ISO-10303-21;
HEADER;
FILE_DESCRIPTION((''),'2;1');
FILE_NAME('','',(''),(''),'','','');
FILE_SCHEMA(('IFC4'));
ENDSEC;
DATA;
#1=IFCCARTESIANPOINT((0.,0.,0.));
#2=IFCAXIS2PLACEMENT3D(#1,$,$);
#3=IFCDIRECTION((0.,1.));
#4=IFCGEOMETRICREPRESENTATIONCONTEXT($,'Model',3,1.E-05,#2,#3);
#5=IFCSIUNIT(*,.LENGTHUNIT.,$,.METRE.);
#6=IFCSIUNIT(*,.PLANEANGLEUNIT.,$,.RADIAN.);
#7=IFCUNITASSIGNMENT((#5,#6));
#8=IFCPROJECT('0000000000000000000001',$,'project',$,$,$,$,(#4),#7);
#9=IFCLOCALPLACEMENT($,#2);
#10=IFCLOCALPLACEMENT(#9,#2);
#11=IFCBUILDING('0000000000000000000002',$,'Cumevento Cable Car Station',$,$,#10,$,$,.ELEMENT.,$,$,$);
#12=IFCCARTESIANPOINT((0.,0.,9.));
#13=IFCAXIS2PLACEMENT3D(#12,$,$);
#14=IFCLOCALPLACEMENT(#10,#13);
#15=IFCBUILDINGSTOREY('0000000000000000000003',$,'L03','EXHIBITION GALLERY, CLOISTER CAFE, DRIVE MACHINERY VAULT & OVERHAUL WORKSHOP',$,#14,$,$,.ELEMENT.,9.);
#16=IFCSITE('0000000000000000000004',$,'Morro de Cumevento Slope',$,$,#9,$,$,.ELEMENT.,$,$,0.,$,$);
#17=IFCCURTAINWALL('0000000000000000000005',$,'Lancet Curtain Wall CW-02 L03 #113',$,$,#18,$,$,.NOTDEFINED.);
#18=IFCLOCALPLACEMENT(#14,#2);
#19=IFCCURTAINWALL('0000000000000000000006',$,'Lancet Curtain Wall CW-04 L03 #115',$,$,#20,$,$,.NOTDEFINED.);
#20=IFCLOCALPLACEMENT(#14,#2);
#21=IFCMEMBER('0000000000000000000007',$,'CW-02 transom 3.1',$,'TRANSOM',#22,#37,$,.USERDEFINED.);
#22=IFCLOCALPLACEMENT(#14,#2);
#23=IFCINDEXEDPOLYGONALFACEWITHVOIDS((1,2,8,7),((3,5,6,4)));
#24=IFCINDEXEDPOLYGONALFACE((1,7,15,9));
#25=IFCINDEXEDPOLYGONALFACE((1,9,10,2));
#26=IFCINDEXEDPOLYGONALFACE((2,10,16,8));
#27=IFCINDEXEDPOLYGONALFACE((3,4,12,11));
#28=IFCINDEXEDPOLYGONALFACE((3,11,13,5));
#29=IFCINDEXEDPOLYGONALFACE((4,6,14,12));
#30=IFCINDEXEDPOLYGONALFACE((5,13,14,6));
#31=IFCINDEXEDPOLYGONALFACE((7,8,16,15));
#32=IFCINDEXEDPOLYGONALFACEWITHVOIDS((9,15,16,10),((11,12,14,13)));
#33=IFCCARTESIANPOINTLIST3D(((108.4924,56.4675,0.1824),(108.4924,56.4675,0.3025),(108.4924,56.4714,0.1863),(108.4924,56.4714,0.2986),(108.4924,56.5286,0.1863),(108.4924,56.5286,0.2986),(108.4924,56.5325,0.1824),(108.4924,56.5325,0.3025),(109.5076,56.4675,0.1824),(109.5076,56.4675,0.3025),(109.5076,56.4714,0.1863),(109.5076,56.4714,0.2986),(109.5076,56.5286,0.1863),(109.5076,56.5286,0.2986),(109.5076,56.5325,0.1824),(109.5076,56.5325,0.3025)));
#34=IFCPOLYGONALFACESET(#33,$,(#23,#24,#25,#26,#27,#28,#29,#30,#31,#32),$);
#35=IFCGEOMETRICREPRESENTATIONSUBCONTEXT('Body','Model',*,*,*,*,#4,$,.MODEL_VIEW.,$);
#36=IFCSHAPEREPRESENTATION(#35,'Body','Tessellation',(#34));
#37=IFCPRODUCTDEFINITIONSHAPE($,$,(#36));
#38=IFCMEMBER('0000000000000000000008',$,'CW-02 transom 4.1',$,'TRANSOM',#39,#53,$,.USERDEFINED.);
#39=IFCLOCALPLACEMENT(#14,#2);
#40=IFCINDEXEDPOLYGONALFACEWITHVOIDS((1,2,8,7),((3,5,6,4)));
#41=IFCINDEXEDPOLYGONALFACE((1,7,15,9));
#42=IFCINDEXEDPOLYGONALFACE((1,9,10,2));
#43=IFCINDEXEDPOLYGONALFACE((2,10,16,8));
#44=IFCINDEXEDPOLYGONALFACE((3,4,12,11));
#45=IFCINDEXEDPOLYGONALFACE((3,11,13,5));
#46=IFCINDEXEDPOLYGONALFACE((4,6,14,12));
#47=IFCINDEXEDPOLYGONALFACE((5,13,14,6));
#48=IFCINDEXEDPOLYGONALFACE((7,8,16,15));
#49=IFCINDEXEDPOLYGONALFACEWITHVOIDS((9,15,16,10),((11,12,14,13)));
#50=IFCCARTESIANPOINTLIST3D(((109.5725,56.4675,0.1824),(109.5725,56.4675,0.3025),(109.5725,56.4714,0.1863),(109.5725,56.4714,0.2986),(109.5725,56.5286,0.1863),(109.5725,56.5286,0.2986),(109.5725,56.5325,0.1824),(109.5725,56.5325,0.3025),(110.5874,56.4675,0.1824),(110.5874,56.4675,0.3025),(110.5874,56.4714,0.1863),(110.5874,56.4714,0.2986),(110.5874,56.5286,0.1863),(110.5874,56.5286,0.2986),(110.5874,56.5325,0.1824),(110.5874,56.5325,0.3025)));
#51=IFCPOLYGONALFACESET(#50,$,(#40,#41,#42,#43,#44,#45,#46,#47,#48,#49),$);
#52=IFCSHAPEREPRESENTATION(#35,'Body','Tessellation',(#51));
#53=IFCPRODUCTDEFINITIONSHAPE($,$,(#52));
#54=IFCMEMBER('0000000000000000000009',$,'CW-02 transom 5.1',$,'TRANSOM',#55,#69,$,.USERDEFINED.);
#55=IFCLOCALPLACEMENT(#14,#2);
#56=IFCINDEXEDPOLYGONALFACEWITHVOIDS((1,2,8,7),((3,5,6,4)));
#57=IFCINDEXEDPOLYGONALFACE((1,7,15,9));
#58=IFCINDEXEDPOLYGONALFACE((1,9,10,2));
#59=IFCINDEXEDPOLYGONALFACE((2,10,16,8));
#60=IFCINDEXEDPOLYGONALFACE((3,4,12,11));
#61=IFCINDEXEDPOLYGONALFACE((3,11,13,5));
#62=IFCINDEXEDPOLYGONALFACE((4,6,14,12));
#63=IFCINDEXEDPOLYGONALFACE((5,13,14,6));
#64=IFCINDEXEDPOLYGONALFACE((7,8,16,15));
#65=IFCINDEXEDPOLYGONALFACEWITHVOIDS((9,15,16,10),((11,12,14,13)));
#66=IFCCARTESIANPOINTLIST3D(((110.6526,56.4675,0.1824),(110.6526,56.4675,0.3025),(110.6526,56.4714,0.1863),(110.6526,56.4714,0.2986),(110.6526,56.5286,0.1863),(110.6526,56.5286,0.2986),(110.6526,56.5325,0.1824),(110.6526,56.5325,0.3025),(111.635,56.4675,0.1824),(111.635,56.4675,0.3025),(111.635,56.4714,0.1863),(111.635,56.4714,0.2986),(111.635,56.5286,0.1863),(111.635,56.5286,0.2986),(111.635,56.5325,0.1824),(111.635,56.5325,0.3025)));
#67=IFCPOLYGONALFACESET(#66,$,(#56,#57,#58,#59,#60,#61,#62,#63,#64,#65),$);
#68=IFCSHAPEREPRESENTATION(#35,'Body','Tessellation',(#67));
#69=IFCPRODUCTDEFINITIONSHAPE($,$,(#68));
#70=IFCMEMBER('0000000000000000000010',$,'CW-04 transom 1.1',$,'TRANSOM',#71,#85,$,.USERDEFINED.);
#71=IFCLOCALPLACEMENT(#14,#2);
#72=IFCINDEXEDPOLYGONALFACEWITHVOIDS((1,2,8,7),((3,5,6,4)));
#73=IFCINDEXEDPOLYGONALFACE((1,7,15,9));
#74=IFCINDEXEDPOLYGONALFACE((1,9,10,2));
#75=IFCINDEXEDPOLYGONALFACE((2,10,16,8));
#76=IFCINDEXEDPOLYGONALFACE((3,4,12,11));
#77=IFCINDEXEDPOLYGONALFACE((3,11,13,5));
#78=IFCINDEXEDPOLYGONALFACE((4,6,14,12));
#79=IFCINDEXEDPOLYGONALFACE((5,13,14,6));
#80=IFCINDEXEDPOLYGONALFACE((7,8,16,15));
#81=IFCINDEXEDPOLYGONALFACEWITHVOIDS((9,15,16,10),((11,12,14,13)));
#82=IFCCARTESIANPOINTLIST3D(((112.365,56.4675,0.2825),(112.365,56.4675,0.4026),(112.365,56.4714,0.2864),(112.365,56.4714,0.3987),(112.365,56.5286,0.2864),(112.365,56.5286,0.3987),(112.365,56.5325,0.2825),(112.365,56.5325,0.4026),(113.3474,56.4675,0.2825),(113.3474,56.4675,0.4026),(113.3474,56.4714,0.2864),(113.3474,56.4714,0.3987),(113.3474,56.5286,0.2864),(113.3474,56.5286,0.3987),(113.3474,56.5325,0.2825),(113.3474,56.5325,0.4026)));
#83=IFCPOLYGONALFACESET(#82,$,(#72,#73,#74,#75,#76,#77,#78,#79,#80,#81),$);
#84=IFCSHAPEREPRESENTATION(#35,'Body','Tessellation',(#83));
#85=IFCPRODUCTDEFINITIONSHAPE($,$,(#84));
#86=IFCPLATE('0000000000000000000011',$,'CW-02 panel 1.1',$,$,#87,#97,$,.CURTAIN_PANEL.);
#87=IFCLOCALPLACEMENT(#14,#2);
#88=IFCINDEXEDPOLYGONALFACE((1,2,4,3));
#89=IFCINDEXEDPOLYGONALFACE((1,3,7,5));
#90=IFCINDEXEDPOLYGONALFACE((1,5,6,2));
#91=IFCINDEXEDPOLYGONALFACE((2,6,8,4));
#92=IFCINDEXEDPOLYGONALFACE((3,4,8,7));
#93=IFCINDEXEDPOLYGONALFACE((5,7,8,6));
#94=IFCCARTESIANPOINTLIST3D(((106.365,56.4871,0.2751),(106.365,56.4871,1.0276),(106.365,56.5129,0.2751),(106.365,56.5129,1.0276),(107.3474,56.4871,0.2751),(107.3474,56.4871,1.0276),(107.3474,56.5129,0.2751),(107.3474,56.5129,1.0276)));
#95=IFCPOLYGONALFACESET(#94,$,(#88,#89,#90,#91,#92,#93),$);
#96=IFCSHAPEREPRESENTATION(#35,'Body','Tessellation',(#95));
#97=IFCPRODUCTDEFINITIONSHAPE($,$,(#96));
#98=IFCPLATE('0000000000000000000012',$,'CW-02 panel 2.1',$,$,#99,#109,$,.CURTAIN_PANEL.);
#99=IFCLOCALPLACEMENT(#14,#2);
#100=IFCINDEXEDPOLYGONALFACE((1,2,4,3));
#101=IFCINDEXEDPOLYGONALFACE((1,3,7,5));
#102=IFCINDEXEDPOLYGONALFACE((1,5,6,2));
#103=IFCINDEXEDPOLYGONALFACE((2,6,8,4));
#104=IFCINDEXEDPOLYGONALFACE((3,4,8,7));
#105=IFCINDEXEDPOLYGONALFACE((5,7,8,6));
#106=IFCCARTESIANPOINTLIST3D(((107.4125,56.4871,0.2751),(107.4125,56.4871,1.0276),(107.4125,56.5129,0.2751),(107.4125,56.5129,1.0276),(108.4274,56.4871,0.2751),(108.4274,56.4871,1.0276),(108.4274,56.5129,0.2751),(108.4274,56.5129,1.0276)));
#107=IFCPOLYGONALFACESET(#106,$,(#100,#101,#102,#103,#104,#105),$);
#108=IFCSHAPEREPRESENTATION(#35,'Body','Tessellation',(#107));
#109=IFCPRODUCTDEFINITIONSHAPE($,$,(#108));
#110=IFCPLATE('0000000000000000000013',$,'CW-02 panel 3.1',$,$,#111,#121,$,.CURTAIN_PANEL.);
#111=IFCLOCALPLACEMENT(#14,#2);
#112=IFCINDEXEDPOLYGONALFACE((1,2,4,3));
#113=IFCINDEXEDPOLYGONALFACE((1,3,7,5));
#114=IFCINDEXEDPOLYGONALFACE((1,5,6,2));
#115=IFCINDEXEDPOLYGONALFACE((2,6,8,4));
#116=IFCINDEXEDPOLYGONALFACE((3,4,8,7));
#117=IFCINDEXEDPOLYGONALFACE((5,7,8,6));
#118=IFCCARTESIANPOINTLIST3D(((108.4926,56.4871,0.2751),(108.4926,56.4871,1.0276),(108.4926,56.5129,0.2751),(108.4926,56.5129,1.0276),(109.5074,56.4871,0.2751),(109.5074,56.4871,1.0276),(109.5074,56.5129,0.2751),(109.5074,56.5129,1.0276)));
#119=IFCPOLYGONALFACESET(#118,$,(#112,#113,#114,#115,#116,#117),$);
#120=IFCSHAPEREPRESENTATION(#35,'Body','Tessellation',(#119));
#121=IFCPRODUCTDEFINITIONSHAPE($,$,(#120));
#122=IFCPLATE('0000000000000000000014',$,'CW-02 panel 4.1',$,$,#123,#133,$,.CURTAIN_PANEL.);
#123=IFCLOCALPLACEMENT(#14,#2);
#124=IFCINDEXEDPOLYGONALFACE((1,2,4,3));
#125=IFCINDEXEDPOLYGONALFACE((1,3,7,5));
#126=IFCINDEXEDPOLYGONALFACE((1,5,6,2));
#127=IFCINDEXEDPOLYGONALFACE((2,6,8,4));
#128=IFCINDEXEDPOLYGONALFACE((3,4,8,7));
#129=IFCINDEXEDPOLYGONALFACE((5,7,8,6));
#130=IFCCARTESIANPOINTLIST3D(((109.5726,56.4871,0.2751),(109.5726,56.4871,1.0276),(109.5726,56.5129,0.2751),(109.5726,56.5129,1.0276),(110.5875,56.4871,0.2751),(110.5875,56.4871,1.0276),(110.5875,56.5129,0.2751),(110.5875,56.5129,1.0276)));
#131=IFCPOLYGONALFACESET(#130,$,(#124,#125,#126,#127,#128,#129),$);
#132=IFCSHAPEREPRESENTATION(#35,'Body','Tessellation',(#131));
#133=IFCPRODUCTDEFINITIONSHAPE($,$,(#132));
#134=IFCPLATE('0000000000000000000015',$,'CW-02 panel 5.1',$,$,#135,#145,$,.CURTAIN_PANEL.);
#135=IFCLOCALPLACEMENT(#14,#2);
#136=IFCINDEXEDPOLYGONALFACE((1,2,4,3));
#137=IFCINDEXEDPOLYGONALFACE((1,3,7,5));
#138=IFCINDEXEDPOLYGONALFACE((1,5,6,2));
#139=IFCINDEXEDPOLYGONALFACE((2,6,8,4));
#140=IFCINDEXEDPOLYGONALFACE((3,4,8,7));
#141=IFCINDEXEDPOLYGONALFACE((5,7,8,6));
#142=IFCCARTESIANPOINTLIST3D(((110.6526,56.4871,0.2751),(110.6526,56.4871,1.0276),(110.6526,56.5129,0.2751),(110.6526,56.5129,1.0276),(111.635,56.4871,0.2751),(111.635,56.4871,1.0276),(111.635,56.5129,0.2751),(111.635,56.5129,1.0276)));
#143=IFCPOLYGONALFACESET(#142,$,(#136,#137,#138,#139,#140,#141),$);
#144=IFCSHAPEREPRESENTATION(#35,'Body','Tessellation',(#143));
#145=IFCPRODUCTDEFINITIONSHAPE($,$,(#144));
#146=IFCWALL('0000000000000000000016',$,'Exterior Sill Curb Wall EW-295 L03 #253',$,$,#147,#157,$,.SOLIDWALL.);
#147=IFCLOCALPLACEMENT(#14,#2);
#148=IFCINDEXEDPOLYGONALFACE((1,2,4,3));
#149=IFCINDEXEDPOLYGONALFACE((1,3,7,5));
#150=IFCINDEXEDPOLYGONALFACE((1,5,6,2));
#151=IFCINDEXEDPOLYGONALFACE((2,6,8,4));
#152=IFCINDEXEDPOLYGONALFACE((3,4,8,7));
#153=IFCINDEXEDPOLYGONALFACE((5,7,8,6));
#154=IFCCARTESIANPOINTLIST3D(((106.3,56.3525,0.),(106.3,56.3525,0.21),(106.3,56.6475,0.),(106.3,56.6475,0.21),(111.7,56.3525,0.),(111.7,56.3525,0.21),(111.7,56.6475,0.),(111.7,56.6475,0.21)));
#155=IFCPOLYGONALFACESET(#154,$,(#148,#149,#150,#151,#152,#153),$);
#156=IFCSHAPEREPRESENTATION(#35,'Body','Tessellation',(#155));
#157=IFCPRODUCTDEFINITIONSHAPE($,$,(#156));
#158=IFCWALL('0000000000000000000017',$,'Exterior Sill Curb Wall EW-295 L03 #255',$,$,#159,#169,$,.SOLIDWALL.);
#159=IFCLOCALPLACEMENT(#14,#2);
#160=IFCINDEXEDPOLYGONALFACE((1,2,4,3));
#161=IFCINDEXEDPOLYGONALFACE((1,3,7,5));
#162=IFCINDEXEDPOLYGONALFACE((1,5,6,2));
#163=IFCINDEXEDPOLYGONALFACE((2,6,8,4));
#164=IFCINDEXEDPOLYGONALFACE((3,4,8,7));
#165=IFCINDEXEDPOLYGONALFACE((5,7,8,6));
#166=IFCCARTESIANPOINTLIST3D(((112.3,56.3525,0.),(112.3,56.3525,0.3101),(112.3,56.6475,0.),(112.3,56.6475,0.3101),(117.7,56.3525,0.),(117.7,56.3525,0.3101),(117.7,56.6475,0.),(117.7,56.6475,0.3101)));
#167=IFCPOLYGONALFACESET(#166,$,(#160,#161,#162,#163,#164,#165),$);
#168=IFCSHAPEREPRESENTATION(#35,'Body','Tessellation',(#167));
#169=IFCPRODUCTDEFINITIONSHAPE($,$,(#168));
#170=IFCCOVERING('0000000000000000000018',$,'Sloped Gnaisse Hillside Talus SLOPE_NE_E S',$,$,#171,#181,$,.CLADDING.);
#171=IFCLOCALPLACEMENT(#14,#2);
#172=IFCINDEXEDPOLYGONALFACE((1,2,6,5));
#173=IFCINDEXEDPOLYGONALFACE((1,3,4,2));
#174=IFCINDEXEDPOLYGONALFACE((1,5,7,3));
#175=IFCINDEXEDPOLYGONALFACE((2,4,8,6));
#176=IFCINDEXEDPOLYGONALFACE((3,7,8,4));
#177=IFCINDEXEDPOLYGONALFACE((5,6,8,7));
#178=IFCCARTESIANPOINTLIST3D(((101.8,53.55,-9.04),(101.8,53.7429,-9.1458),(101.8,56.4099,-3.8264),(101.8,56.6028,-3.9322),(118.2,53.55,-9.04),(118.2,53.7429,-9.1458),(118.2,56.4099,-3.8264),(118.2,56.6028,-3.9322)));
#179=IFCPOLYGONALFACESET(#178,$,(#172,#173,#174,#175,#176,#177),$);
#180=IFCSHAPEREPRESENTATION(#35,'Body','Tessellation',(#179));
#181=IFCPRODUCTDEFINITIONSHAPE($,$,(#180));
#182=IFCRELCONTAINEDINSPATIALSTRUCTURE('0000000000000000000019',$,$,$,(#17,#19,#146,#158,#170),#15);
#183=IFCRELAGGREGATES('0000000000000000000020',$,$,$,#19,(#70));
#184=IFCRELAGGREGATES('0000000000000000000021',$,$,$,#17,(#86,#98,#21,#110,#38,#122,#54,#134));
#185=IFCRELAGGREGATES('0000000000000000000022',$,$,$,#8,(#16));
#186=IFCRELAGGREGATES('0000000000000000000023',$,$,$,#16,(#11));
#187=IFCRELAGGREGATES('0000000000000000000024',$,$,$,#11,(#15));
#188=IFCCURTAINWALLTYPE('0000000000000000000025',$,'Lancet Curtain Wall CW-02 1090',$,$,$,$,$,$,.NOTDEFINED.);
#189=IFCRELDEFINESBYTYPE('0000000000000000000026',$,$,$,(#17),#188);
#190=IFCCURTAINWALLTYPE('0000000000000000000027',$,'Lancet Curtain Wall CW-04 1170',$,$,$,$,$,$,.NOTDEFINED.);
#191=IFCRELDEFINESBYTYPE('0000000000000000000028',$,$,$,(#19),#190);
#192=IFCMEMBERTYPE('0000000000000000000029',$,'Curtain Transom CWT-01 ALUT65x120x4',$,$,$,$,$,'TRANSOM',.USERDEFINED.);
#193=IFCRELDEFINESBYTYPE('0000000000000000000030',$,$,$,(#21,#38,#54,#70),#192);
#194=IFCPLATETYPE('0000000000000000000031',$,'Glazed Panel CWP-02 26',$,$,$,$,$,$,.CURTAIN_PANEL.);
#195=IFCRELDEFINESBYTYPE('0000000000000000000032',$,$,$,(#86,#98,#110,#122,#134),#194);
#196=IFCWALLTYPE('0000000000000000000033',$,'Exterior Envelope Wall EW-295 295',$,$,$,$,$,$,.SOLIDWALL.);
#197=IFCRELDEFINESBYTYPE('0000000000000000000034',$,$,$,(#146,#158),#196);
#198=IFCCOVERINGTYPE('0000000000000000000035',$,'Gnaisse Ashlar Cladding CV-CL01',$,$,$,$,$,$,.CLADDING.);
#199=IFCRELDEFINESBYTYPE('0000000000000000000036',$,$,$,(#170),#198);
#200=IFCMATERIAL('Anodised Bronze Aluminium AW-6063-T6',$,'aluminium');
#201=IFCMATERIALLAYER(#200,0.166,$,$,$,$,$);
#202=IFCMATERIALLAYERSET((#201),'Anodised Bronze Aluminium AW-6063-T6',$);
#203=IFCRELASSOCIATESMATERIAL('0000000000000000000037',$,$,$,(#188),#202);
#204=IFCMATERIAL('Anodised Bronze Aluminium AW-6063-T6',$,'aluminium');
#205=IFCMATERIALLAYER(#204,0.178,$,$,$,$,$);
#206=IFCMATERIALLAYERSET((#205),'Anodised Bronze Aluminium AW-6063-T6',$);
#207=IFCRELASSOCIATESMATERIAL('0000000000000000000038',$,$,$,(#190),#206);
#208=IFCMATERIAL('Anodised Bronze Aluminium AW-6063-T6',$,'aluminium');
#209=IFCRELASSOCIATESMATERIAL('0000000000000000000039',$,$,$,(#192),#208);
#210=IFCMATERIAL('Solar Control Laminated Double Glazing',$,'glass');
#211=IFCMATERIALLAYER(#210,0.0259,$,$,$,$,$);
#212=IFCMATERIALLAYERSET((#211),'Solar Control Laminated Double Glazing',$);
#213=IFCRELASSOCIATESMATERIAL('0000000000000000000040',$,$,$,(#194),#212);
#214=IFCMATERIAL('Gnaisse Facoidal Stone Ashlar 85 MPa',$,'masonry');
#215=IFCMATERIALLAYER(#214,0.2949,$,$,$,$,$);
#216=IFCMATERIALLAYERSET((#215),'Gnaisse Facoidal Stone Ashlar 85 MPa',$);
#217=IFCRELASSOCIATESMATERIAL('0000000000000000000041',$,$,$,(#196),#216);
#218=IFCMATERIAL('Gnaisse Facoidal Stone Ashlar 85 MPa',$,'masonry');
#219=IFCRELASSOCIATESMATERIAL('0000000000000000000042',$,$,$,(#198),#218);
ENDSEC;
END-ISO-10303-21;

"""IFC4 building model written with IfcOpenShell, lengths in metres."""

from ifc_helpers import new_model, si_unit, direction, frame, frame_2d, origin, origin_2d, place, context, subcontext, project, spatial, polyline, rectangle, hollow_rectangle, outline, extrude, material, layer, layer_set, material_profile, profile_set, type_object, element, aggregate, save


model = new_model("IFC4")

# Units and contexts
model_context = context("Model", 3, precision=1e-05, world=origin(), true_north=direction((0.0, 1.0)))
body_context = subcontext(model_context, "Body", "Model", "MODEL_VIEW")
ifc_project = project(units=[si_unit("LENGTHUNIT", "METRE"), si_unit("PLANEANGLEUNIT", "RADIAN")], contexts=[model_context])

# Site, building, storey
site_placement = place(None, origin())
site = spatial("IfcSite", under=ifc_project, at=site_placement, Name="Morro de Cumevento Slope", CompositionType="ELEMENT", RefElevation=0.0)
building_placement = place(site_placement, origin())
building = spatial("IfcBuilding", under=site, at=building_placement, Name="Cumevento Cable Car Station", CompositionType="ELEMENT")
storey_placement = place(building_placement, frame((0.0, 0.0, 9.0)))
storey = spatial("IfcBuildingStorey", under=building, at=storey_placement, Name="L03", Description="EXHIBITION GALLERY, CLOISTER CAFE, DRIVE MACHINERY VAULT & OVERHAUL WORKSHOP", CompositionType="ELEMENT", Elevation=9.0)

# Curtain wall
ifc_material_1 = material(Name="Anodised Bronze Aluminium AW-6063-T6", Category="aluminium")
ifc_layer_1 = layer(ifc_material_1, 0.166)
ifc_layer_set_1 = layer_set([ifc_layer_1], Name="Anodised Bronze Aluminium AW-6063-T6")
curtain_wall_type_1 = type_object("IfcCurtainWallType", Name="Lancet Curtain Wall CW-02 1090", PredefinedType="NOTDEFINED", material=ifc_layer_set_1)
curtain_wall_1_placement = place(storey_placement, origin())
curtain_wall_1 = element("IfcCurtainWall", 1, at=curtain_wall_1_placement, inside=storey, type_object=curtain_wall_type_1, Name="Lancet Curtain Wall CW-02 L03 #113", PredefinedType="NOTDEFINED")

# Curtain wall
ifc_material_2 = material(Name="Anodised Bronze Aluminium AW-6063-T6", Category="aluminium")
ifc_layer_2 = layer(ifc_material_2, 0.178)
ifc_layer_set_2 = layer_set([ifc_layer_2], Name="Anodised Bronze Aluminium AW-6063-T6")
curtain_wall_type_2 = type_object("IfcCurtainWallType", Name="Lancet Curtain Wall CW-04 1170", PredefinedType="NOTDEFINED", material=ifc_layer_set_2)
curtain_wall_2_placement = place(storey_placement, origin())
curtain_wall_2 = element("IfcCurtainWall", 2, at=curtain_wall_2_placement, inside=storey, type_object=curtain_wall_type_2, Name="Lancet Curtain Wall CW-04 L03 #115", PredefinedType="NOTDEFINED")

# Members
ifc_material_3 = material(Name="Anodised Bronze Aluminium AW-6063-T6", Category="aluminium")
ifc_material_profile_1 = material_profile(ifc_material_3, hollow_rectangle(XDim=0.0649, YDim=0.1201, WallThickness=0.0039, at=origin_2d()), Name="ALUT65x120x4")
ifc_profile_set_1 = profile_set([ifc_material_profile_1], Name="Anodised Bronze Aluminium AW-6063-T6")
member_type_1 = type_object("IfcMemberType", Name="Curtain Transom CWT-01 ALUT65x120x4", ElementType="TRANSOM", PredefinedType="USERDEFINED", material=ifc_profile_set_1)
member_1_placement = place(storey_placement, frame((108.4924, 56.5, 0.2424), z_axis=(1.0, 0.0, 0.0), x_axis=(0.0, 1.0, 0.0)))
member_1 = element("IfcMember", 3, at=member_1_placement, type_object=member_type_1, Name="CW-02 transom 3.1", ObjectType="TRANSOM", PredefinedType="USERDEFINED", context=body_context, shape_type="SweptSolid", body=[
    extrude(hollow_rectangle(XDim=0.0649, YDim=0.1201, WallThickness=0.0039, at=origin_2d()), origin(), (0.0, 0.0, 1.0), 1.0151),
])
member_2_placement = place(storey_placement, frame((109.5725, 56.5, 0.2424), z_axis=(1.0, 0.0, 0.0), x_axis=(0.0, 1.0, 0.0)))
member_2 = element("IfcMember", 4, at=member_2_placement, type_object=member_type_1, Name="CW-02 transom 4.1", ObjectType="TRANSOM", PredefinedType="USERDEFINED", context=body_context, shape_type="SweptSolid", body=[
    extrude(hollow_rectangle(XDim=0.0649, YDim=0.1201, WallThickness=0.0039, at=origin_2d()), origin(), (0.0, 0.0, 1.0), 1.0149),
])
member_3_placement = place(storey_placement, frame((110.6526, 56.5, 0.2424), z_axis=(1.0, 0.0, 0.0), x_axis=(0.0, 1.0, 0.0)))
member_3 = element("IfcMember", 5, at=member_3_placement, type_object=member_type_1, Name="CW-02 transom 5.1", ObjectType="TRANSOM", PredefinedType="USERDEFINED", context=body_context, shape_type="SweptSolid", body=[
    extrude(hollow_rectangle(XDim=0.0649, YDim=0.1201, WallThickness=0.0039, at=origin_2d()), origin(), (0.0, 0.0, 1.0), 0.9824),
])
member_4_placement = place(storey_placement, frame((112.365, 56.5, 0.3425), z_axis=(1.0, 0.0, 0.0), x_axis=(0.0, 1.0, 0.0)))
member_4 = element("IfcMember", 6, at=member_4_placement, type_object=member_type_1, Name="CW-04 transom 1.1", ObjectType="TRANSOM", PredefinedType="USERDEFINED", context=body_context, shape_type="SweptSolid", body=[
    extrude(hollow_rectangle(XDim=0.0649, YDim=0.1201, WallThickness=0.0039, at=origin_2d()), origin(), (0.0, 0.0, 1.0), 0.9824),
])
aggregate(curtain_wall_2, [member_4])

# Plates
ifc_material_4 = material(Name="Solar Control Laminated Double Glazing", Category="glass")
ifc_layer_3 = layer(ifc_material_4, 0.0259)
ifc_layer_set_3 = layer_set([ifc_layer_3], Name="Solar Control Laminated Double Glazing")
plate_type = type_object("IfcPlateType", Name="Glazed Panel CWP-02 26", PredefinedType="CURTAIN_PANEL", material=ifc_layer_set_3)
plate_1_placement = place(storey_placement, frame((106.8562, 56.5, 0.2751), z_axis=(0.0, 0.0, 1.0), x_axis=(1.0, 0.0, 0.0)))
plate_1 = element("IfcPlate", 7, at=plate_1_placement, type_object=plate_type, Name="CW-02 panel 1.1", PredefinedType="CURTAIN_PANEL", context=body_context, shape_type="SweptSolid", body=[
    extrude(rectangle(XDim=0.9824, YDim=0.0259, at=origin_2d()), origin(), (0.0, 0.0, 1.0), 0.7524),
])
plate_2_placement = place(storey_placement, frame((107.9199, 56.5, 0.2751), z_axis=(0.0, 0.0, 1.0), x_axis=(1.0, 0.0, 0.0)))
plate_2 = element("IfcPlate", 8, at=plate_2_placement, type_object=plate_type, Name="CW-02 panel 2.1", PredefinedType="CURTAIN_PANEL", context=body_context, shape_type="SweptSolid", body=[
    extrude(rectangle(XDim=1.0149, YDim=0.0259, at=origin_2d()), origin(), (0.0, 0.0, 1.0), 0.7524),
])
plate_3_placement = place(storey_placement, frame((109.0, 56.5, 0.2751), z_axis=(0.0, 0.0, 1.0), x_axis=(1.0, 0.0, 0.0)))
plate_3 = element("IfcPlate", 9, at=plate_3_placement, type_object=plate_type, Name="CW-02 panel 3.1", PredefinedType="CURTAIN_PANEL", context=body_context, shape_type="SweptSolid", body=[
    extrude(rectangle(XDim=1.0149, YDim=0.0259, at=origin_2d()), origin(), (0.0, 0.0, 1.0), 0.7524),
])
plate_4_placement = place(storey_placement, frame((110.0801, 56.5, 0.2751), z_axis=(0.0, 0.0, 1.0), x_axis=(1.0, 0.0, 0.0)))
plate_4 = element("IfcPlate", 10, at=plate_4_placement, type_object=plate_type, Name="CW-02 panel 4.1", PredefinedType="CURTAIN_PANEL", context=body_context, shape_type="SweptSolid", body=[
    extrude(rectangle(XDim=1.0149, YDim=0.0259, at=origin_2d()), origin(), (0.0, 0.0, 1.0), 0.7524),
])
plate_5_placement = place(storey_placement, frame((111.1438, 56.5, 0.2751), z_axis=(0.0, 0.0, 1.0), x_axis=(1.0, 0.0, 0.0)))
plate_5 = element("IfcPlate", 11, at=plate_5_placement, type_object=plate_type, Name="CW-02 panel 5.1", PredefinedType="CURTAIN_PANEL", context=body_context, shape_type="SweptSolid", body=[
    extrude(rectangle(XDim=0.9824, YDim=0.0259, at=origin_2d()), origin(), (0.0, 0.0, 1.0), 0.7524),
])
aggregate(curtain_wall_1, [plate_1, plate_2, member_1, plate_3, member_2, plate_4, member_3, plate_5])

# Walls
ifc_material_5 = material(Name="Gnaisse Facoidal Stone Ashlar 85 MPa", Category="masonry")
ifc_layer_4 = layer(ifc_material_5, 0.2949)
ifc_layer_set_4 = layer_set([ifc_layer_4], Name="Gnaisse Facoidal Stone Ashlar 85 MPa")
wall_type = type_object("IfcWallType", Name="Exterior Envelope Wall EW-295 295", PredefinedType="SOLIDWALL", material=ifc_layer_set_4)
wall_1_placement = place(storey_placement, frame((106.3, 56.5, 0.0), z_axis=(0.0, 0.0, 1.0), x_axis=(1.0, 0.0, 0.0)))
element("IfcWall", 12, at=wall_1_placement, inside=storey, type_object=wall_type, Name="Exterior Sill Curb Wall EW-295 L03 #253", PredefinedType="SOLIDWALL", context=body_context, shape_type="SweptSolid", body=[
    extrude(rectangle(XDim=5.3999, YDim=0.2949, at=frame_2d((2.7, 0.0))), origin(), (0.0, 0.0, 1.0), 0.21),
])
wall_2_placement = place(storey_placement, frame((112.3, 56.5, 0.0), z_axis=(0.0, 0.0, 1.0), x_axis=(1.0, 0.0, 0.0)))
element("IfcWall", 13, at=wall_2_placement, inside=storey, type_object=wall_type, Name="Exterior Sill Curb Wall EW-295 L03 #255", PredefinedType="SOLIDWALL", context=body_context, shape_type="SweptSolid", body=[
    extrude(rectangle(XDim=5.3999, YDim=0.2949, at=frame_2d((2.7, 0.0))), origin(), (0.0, 0.0, 1.0), 0.3101),
])

# Covering
ifc_material_6 = material(Name="Gnaisse Facoidal Stone Ashlar 85 MPa", Category="masonry")
covering_type = type_object("IfcCoveringType", Name="Gnaisse Ashlar Cladding CV-CL01", PredefinedType="CLADDING", material=ifc_material_6)
covering_1_placement = place(storey_placement, frame((101.8, 53.55, -9.04), z_axis=(0.0, -0.876757, 0.480933), x_axis=(1.0, 0.0, 0.0)))
element("IfcCovering", 14, at=covering_1_placement, inside=storey, type_object=covering_type, Name="Sloped Gnaisse Hillside Talus SLOPE_NE_E S", PredefinedType="CLADDING", context=body_context, shape_type="SweptSolid", body=[
    extrude(outline(polyline([(0.0, 0.0), (16.3999, 0.0), (16.3999, 5.9465), (0.0, 5.9465), (0.0, 0.0)])), origin(), (0.0, 0.0, -1.0), 0.22),
])

save(model, "model.ifc")
